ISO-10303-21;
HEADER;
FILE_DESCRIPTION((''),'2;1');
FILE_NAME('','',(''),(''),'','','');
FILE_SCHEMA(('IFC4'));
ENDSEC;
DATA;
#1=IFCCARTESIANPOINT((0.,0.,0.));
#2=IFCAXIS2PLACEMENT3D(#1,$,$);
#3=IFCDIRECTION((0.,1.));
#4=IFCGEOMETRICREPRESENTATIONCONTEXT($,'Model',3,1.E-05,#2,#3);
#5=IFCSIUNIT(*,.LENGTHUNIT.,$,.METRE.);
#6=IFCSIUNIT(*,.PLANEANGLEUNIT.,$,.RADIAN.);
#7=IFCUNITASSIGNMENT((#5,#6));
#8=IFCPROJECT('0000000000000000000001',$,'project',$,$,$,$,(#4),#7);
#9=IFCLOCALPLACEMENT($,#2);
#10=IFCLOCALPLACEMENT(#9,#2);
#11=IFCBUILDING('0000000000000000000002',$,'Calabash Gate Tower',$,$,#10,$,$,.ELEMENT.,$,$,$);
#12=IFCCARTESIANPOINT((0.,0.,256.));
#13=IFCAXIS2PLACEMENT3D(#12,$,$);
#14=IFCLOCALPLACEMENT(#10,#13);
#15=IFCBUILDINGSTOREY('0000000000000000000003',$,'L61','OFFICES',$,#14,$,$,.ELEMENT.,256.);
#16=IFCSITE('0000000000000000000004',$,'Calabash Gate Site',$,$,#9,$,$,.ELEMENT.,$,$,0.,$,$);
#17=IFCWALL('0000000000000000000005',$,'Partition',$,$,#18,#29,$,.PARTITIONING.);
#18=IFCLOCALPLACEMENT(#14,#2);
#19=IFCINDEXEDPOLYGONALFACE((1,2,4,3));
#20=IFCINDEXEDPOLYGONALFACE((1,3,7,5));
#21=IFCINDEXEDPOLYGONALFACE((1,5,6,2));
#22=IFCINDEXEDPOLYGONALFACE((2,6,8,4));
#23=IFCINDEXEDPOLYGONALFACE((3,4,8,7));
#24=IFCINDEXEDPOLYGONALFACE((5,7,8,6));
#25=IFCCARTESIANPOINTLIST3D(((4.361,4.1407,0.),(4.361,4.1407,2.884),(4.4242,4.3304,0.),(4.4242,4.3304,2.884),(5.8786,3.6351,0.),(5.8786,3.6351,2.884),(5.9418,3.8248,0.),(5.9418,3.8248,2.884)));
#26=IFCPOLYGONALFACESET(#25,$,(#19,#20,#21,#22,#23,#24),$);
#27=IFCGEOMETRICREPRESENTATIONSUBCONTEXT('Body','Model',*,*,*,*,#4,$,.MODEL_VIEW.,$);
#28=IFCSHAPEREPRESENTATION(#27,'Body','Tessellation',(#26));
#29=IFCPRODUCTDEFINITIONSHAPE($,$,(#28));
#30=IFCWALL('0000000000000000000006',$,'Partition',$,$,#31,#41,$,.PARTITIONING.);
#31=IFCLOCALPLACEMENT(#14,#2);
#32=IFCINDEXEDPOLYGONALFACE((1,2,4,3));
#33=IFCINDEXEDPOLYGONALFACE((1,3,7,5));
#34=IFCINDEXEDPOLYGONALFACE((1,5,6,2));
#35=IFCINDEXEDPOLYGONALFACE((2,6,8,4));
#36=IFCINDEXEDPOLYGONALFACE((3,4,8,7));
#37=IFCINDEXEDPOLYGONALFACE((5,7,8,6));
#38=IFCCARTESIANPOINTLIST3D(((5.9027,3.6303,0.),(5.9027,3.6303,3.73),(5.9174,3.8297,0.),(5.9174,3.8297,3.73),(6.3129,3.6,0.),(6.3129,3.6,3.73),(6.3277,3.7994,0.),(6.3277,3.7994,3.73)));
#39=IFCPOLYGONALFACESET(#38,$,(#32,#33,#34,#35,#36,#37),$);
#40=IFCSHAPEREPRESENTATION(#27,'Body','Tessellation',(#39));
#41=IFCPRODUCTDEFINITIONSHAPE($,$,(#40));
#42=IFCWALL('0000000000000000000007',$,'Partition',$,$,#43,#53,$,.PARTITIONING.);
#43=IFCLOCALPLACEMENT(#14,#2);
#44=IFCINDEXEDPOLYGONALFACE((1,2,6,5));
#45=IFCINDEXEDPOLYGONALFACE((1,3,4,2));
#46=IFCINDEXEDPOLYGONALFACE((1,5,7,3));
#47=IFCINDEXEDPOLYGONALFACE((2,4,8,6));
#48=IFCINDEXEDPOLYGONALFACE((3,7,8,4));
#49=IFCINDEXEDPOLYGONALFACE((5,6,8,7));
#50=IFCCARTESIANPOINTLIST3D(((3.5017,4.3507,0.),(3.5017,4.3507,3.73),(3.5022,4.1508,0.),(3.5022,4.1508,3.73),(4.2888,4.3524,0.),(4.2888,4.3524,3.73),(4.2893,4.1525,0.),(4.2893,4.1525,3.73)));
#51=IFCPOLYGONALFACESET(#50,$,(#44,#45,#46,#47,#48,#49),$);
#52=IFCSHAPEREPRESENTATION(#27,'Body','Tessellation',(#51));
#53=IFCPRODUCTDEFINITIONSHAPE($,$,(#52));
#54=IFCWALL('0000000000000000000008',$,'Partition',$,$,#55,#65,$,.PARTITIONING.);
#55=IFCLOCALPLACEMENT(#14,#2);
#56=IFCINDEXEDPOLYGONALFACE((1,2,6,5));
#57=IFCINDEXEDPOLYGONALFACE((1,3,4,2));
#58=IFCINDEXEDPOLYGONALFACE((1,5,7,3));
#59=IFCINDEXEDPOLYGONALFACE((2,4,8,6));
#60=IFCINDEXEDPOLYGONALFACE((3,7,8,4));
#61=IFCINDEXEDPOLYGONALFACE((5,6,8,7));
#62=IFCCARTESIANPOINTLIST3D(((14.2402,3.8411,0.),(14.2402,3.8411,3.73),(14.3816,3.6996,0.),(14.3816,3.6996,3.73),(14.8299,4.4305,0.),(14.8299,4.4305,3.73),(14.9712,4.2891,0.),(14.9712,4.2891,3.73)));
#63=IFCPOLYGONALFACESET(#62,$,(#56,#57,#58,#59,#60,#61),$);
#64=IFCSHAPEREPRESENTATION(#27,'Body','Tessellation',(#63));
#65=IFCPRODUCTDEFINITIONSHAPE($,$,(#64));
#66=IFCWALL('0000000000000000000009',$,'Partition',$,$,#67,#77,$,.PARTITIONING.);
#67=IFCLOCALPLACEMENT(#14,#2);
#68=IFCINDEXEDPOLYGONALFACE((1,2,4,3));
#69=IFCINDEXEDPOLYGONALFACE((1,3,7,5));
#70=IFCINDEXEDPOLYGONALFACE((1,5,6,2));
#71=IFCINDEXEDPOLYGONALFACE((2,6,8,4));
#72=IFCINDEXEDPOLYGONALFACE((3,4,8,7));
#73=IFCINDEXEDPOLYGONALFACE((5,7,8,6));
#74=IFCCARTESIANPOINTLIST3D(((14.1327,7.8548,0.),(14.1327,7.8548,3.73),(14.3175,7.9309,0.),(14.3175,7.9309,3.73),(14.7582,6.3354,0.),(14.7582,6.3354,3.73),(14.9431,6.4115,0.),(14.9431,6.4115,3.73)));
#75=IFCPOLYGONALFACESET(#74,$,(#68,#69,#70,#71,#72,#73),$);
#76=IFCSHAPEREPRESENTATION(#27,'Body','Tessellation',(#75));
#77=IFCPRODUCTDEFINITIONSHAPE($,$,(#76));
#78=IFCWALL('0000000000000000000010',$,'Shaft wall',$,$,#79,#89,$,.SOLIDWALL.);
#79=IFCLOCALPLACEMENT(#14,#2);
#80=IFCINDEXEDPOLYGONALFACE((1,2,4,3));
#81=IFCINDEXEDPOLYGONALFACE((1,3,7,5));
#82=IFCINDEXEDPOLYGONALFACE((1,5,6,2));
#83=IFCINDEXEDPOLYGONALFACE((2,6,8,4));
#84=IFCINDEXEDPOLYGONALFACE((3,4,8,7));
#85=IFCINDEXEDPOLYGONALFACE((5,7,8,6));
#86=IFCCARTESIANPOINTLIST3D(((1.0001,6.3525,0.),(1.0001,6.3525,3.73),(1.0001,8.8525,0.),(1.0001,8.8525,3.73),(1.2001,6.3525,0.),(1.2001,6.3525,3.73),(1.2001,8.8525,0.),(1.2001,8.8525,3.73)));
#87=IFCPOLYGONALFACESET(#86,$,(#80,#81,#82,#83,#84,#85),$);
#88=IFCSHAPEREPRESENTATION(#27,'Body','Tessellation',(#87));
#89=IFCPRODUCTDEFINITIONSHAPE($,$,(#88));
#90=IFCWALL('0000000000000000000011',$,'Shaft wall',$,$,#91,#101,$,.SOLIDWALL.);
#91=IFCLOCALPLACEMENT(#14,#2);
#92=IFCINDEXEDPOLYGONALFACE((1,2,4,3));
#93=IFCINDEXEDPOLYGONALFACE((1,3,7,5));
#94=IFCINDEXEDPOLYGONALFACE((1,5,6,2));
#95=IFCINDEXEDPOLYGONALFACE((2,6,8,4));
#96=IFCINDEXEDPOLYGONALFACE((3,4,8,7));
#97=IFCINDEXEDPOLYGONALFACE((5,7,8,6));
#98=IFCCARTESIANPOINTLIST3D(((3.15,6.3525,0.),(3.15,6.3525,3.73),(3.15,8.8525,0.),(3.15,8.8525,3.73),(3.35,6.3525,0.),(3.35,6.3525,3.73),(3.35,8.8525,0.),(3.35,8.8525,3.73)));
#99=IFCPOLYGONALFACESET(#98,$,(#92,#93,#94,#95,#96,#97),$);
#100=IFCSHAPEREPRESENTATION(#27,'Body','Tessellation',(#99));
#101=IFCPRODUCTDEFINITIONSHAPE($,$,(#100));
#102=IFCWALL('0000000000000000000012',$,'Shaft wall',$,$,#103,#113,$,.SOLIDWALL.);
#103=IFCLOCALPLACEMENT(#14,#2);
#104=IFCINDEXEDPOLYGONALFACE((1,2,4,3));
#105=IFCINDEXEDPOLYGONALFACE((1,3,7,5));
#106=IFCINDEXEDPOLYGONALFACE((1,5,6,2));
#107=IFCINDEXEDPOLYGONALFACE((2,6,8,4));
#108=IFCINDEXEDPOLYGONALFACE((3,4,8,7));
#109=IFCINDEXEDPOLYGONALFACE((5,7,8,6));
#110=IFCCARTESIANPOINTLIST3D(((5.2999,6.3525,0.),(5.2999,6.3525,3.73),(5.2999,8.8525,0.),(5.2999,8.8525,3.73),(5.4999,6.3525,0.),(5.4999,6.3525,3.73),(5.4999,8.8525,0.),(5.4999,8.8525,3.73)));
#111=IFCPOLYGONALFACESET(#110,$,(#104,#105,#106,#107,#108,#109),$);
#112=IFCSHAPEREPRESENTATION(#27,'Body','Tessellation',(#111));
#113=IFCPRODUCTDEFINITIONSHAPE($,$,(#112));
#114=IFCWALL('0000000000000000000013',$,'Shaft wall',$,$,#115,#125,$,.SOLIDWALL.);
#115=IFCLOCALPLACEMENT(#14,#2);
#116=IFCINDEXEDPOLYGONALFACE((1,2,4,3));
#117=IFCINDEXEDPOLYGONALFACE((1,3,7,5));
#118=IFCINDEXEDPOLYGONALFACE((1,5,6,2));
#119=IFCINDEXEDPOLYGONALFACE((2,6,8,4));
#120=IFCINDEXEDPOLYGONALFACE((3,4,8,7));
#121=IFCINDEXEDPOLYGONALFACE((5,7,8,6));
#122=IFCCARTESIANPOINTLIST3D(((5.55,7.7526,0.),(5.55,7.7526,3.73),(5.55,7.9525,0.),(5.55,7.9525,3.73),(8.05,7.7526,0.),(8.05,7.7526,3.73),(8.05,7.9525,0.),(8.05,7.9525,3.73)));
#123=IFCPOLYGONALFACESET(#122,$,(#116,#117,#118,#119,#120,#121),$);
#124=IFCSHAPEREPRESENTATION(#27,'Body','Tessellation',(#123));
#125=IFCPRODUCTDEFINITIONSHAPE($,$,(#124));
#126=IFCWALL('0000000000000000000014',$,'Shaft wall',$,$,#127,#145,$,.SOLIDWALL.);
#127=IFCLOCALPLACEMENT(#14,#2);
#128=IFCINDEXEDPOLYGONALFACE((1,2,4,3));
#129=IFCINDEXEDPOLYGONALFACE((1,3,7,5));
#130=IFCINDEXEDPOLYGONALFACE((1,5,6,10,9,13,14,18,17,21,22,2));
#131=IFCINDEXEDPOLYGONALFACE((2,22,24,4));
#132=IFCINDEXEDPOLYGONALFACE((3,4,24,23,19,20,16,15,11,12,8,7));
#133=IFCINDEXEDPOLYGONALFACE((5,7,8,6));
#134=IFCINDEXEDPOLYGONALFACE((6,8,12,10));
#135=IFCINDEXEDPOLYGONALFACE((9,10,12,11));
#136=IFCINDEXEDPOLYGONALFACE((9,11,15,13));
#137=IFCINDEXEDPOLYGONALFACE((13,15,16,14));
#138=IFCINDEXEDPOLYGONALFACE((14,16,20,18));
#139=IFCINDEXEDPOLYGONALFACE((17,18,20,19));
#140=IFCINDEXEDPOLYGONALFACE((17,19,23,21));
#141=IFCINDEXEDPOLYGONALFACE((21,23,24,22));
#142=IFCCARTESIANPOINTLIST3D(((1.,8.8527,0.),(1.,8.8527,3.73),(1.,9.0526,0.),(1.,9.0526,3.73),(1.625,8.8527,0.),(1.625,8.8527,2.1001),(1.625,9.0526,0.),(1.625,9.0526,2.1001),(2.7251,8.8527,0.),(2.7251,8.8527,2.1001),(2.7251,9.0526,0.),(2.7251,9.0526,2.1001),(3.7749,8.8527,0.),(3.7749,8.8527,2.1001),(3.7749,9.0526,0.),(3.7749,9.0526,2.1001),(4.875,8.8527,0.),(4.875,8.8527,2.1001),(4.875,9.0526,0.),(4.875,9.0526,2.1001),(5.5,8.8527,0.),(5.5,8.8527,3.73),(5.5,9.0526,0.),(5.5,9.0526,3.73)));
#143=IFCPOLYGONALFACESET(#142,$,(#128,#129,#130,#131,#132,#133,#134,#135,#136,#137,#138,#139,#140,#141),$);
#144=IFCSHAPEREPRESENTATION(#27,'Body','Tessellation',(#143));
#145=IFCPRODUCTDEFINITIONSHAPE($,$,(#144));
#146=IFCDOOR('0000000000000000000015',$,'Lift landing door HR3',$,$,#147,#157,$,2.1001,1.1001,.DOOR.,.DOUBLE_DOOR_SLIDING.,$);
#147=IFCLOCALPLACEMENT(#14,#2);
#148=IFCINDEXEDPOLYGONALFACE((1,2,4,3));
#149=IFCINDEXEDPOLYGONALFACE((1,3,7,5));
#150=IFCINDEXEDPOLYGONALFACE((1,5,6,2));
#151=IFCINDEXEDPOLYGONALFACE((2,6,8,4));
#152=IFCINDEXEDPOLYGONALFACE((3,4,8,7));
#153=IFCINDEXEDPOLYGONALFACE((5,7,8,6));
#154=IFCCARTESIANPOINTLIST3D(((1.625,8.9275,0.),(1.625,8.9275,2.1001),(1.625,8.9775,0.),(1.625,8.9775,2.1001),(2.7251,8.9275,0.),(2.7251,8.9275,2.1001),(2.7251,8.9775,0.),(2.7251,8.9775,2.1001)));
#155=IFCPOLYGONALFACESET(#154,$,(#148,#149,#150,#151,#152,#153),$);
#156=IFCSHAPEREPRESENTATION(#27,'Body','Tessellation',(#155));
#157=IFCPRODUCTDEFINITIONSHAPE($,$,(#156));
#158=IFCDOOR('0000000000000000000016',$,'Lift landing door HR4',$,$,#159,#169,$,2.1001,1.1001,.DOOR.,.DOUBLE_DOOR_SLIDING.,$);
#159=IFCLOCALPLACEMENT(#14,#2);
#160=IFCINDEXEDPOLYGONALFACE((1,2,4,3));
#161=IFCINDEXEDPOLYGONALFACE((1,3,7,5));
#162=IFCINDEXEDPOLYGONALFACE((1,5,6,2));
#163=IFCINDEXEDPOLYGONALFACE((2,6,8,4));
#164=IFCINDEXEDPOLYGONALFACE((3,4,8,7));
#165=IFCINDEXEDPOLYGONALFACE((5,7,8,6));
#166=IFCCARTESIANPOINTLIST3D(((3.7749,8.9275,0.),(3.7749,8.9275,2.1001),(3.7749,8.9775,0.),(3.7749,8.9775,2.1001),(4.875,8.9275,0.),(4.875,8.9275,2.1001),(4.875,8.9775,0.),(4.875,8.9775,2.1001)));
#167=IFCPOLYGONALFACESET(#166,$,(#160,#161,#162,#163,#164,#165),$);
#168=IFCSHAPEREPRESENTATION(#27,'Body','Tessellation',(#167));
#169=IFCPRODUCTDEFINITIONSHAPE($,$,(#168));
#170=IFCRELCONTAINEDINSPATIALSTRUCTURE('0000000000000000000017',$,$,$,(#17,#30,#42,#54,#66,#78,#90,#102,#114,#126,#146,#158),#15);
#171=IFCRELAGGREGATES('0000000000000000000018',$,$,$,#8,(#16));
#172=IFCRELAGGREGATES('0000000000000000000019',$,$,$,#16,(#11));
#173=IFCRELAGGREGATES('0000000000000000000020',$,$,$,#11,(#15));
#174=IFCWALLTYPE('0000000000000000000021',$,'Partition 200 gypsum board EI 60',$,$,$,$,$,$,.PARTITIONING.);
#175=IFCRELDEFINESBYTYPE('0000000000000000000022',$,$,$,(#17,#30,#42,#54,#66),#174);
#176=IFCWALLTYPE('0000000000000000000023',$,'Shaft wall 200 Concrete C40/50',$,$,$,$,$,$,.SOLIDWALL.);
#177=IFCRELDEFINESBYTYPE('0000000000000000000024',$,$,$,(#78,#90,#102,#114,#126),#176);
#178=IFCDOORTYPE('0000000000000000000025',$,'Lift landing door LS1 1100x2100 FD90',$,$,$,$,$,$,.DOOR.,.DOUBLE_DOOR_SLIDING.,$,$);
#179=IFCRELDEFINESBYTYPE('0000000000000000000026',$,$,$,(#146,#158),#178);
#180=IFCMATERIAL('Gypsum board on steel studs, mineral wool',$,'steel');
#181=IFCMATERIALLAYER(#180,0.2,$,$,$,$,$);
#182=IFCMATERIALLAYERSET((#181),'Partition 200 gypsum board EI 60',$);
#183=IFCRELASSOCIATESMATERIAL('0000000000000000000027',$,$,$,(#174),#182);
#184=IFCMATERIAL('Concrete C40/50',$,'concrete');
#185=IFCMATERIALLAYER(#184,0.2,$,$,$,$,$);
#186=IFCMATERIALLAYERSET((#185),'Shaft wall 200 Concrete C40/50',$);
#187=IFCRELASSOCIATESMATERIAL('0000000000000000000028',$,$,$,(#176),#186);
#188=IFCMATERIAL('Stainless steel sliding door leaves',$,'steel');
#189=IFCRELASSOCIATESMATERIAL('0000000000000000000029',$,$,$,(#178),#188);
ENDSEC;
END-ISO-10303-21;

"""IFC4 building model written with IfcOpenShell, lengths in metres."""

from ifc_helpers import new_model, si_unit, direction, frame, frame_2d, origin, place, context, subcontext, project, spatial, rectangle, extrude, material, layer, layer_set, type_object, element, fill, save


model = new_model("IFC4")

# Units and contexts
model_context = context("Model", 3, precision=1e-05, world=origin(), true_north=direction((0.0, 1.0)))
body_context = subcontext(model_context, "Body", "Model", "MODEL_VIEW")
ifc_project = project(units=[si_unit("LENGTHUNIT", "METRE"), si_unit("PLANEANGLEUNIT", "RADIAN")], contexts=[model_context])

# Site, building, storey
site_placement = place(None, origin())
site = spatial("IfcSite", under=ifc_project, at=site_placement, Name="Calabash Gate Site", CompositionType="ELEMENT", RefElevation=0.0)
building_placement = place(site_placement, origin())
building = spatial("IfcBuilding", under=site, at=building_placement, Name="Calabash Gate Tower", CompositionType="ELEMENT")
storey_placement = place(building_placement, frame((0.0, 0.0, 256.0)))
storey = spatial("IfcBuildingStorey", under=building, at=storey_placement, Name="L61", Description="OFFICES", CompositionType="ELEMENT", Elevation=256.0)

# Shared definitions
ifc_material_1 = material(Name="Gypsum board on steel studs, mineral wool", Category="steel")
ifc_layer_1 = layer(ifc_material_1, 0.2)
ifc_layer_set_1 = layer_set([ifc_layer_1], Name="Partition 200 gypsum board EI 60")
wall_type_1 = type_object("IfcWallType", Name="Partition 200 gypsum board EI 60", PredefinedType="PARTITIONING", material=ifc_layer_set_1)

# Walls
wall_1_placement = place(storey_placement, frame((4.3926, 4.2356, 0.0), z_axis=(0.0, 0.0, 1.0), x_axis=(0.948729, -0.31609, 0.0)))
element("IfcWall", 1, at=wall_1_placement, inside=storey, type_object=wall_type_1, Name="Partition", PredefinedType="PARTITIONING", context=body_context, shape_type="SweptSolid", body=[
    extrude(rectangle(XDim=1.5996, YDim=0.2, at=frame_2d((0.7998, 0.0))), origin(), (0.0, 0.0, 1.0), 2.884),
])
wall_2_placement = place(storey_placement, frame((5.9102, 3.73, 0.0), z_axis=(0.0, 0.0, 1.0), x_axis=(0.997287, -0.073609, 0.0)))
element("IfcWall", 2, at=wall_2_placement, inside=storey, type_object=wall_type_1, Name="Partition", PredefinedType="PARTITIONING", context=body_context, shape_type="SweptSolid", body=[
    extrude(rectangle(XDim=0.4114, YDim=0.2, at=frame_2d((0.2056, 0.0))), origin(), (0.0, 0.0, 1.0), 3.73),
])
wall_3_placement = place(storey_placement, frame((3.502, 4.2507, 0.0), z_axis=(0.0, 0.0, 1.0), x_axis=(0.999998, 0.002171, 0.0)))
element("IfcWall", 3, at=wall_3_placement, inside=storey, type_object=wall_type_1, Name="Partition", PredefinedType="PARTITIONING", context=body_context, shape_type="SweptSolid", body=[
    extrude(rectangle(XDim=0.7871, YDim=0.2, at=frame_2d((0.3936, 0.0))), origin(), (0.0, 0.0, 1.0), 3.73),
])
wall_4_placement = place(storey_placement, frame((14.3108, 3.7703, 0.0), z_axis=(0.0, 0.0, 1.0), x_axis=(0.707253, 0.70696, 0.0)))
element("IfcWall", 4, at=wall_4_placement, inside=storey, type_object=wall_type_1, Name="Partition", PredefinedType="PARTITIONING", context=body_context, shape_type="SweptSolid", body=[
    extrude(rectangle(XDim=0.8337, YDim=0.2, at=frame_2d((0.417, 0.0))), origin(), (0.0, 0.0, 1.0), 3.73),
])
wall_5_placement = place(storey_placement, frame((14.2251, 7.8928, 0.0), z_axis=(0.0, 0.0, 1.0), x_axis=(0.380697, -0.9247, 0.0)))
element("IfcWall", 5, at=wall_5_placement, inside=storey, type_object=wall_type_1, Name="Partition", PredefinedType="PARTITIONING", context=body_context, shape_type="SweptSolid", body=[
    extrude(rectangle(XDim=1.6431, YDim=0.2, at=frame_2d((0.8215, 0.0))), origin(), (0.0, 0.0, 1.0), 3.73),
])

# Walls
ifc_material_2 = material(Name="Concrete C40/50", Category="concrete")
ifc_layer_2 = layer(ifc_material_2, 0.2)
ifc_layer_set_2 = layer_set([ifc_layer_2], Name="Shaft wall 200 Concrete C40/50")
wall_type_2 = type_object("IfcWallType", Name="Shaft wall 200 Concrete C40/50", PredefinedType="SOLIDWALL", material=ifc_layer_set_2)
for number, where, z_axis, x_axis, name in (
    (6, (1.1001, 6.3525, 0.0), (0.0, 0.0, 1.0), (0.0, 1.0, 0.0), "Shaft wall"),
    (7, (3.25, 6.3525, 0.0), (0.0, 0.0, 1.0), (0.0, 1.0, 0.0), "Shaft wall"),
    (8, (5.3999, 6.3525, 0.0), (0.0, 0.0, 1.0), (0.0, 1.0, 0.0), "Shaft wall"),
    (9, (5.55, 7.8525, 0.0), (0.0, 0.0, 1.0), (1.0, 0.0, 0.0), "Shaft wall"),
):
    element("IfcWall", number, at=place(storey_placement, frame(where, z_axis=z_axis, x_axis=x_axis)), inside=storey, type_object=wall_type_2, Name=name, PredefinedType="SOLIDWALL", context=body_context, shape_type="SweptSolid", body=[
        extrude(rectangle(XDim=2.5, YDim=0.2, at=frame_2d((1.25, 0.0))), origin(), (0.0, 0.0, 1.0), 3.73),
    ])

# Wall, openings, doors
wall_6_placement = place(storey_placement, frame((1.0, 8.9526, 0.0), z_axis=(0.0, 0.0, 1.0), x_axis=(1.0, 0.0, 0.0)))
wall_6 = element("IfcWall", 10, at=wall_6_placement, inside=storey, type_object=wall_type_2, Name="Shaft wall", PredefinedType="SOLIDWALL", context=body_context, shape_type="SweptSolid", body=[
    extrude(rectangle(XDim=4.5, YDim=0.2, at=frame_2d((2.25, 0.0))), origin(), (0.0, 0.0, 1.0), 3.73),
])
opening_1_placement = place(wall_6_placement, frame((0.625, 0.0, 0.0)))
opening_1 = element("IfcOpeningElement", 11, at=opening_1_placement, cuts=wall_6, PredefinedType="OPENING", context=body_context, shape_type="SweptSolid", body=[
    extrude(rectangle(XDim=1.1001, YDim=2.1001, at=frame_2d((0.55, 1.05))), frame((0.0, 0.1099, 0.0), z_axis=(0.0, -1.0, 0.0), x_axis=(1.0, 0.0, 0.0)), (0.0, 0.0, 1.0), 0.22),
])
opening_2_placement = place(wall_6_placement, frame((2.7749, 0.0, 0.0)))
opening_2 = element("IfcOpeningElement", 12, at=opening_2_placement, cuts=wall_6, PredefinedType="OPENING", context=body_context, shape_type="SweptSolid", body=[
    extrude(rectangle(XDim=1.1001, YDim=2.1001, at=frame_2d((0.55, 1.05))), frame((0.0, 0.1099, 0.0), z_axis=(0.0, -1.0, 0.0), x_axis=(1.0, 0.0, 0.0)), (0.0, 0.0, 1.0), 0.22),
])
ifc_material_3 = material(Name="Stainless steel sliding door leaves", Category="steel")
door_type_1 = type_object("IfcDoorType", Name="Lift landing door LS1 1100x2100 FD90", OperationType="DOUBLE_DOOR_SLIDING", PredefinedType="DOOR", material=ifc_material_3)
door_1_placement = place(opening_1_placement, origin())
door_1 = element("IfcDoor", 13, at=door_1_placement, inside=storey, type_object=door_type_1, Name="Lift landing door HR3", OperationType="DOUBLE_DOOR_SLIDING", OverallHeight=2.1001, OverallWidth=1.1001, PredefinedType="DOOR", context=body_context, shape_type="SweptSolid", body=[
    extrude(rectangle(XDim=1.1001, YDim=2.1001, at=frame_2d((0.55, 1.05))), frame((0.0, 0.0249, 0.0), z_axis=(0.0, -1.0, 0.0), x_axis=(1.0, 0.0, 0.0)), (0.0, 0.0, 1.0), 0.05),
])
fill(opening_1, door_1)
door_2_placement = place(opening_2_placement, origin())
door_2 = element("IfcDoor", 14, at=door_2_placement, inside=storey, type_object=door_type_1, Name="Lift landing door HR4", OperationType="DOUBLE_DOOR_SLIDING", OverallHeight=2.1001, OverallWidth=1.1001, PredefinedType="DOOR", context=body_context, shape_type="SweptSolid", body=[
    extrude(rectangle(XDim=1.1001, YDim=2.1001, at=frame_2d((0.55, 1.05))), frame((0.0, 0.0249, 0.0), z_axis=(0.0, -1.0, 0.0), x_axis=(1.0, 0.0, 0.0)), (0.0, 0.0, 1.0), 0.05),
])
fill(opening_2, door_2)

save(model, "model.ifc")
